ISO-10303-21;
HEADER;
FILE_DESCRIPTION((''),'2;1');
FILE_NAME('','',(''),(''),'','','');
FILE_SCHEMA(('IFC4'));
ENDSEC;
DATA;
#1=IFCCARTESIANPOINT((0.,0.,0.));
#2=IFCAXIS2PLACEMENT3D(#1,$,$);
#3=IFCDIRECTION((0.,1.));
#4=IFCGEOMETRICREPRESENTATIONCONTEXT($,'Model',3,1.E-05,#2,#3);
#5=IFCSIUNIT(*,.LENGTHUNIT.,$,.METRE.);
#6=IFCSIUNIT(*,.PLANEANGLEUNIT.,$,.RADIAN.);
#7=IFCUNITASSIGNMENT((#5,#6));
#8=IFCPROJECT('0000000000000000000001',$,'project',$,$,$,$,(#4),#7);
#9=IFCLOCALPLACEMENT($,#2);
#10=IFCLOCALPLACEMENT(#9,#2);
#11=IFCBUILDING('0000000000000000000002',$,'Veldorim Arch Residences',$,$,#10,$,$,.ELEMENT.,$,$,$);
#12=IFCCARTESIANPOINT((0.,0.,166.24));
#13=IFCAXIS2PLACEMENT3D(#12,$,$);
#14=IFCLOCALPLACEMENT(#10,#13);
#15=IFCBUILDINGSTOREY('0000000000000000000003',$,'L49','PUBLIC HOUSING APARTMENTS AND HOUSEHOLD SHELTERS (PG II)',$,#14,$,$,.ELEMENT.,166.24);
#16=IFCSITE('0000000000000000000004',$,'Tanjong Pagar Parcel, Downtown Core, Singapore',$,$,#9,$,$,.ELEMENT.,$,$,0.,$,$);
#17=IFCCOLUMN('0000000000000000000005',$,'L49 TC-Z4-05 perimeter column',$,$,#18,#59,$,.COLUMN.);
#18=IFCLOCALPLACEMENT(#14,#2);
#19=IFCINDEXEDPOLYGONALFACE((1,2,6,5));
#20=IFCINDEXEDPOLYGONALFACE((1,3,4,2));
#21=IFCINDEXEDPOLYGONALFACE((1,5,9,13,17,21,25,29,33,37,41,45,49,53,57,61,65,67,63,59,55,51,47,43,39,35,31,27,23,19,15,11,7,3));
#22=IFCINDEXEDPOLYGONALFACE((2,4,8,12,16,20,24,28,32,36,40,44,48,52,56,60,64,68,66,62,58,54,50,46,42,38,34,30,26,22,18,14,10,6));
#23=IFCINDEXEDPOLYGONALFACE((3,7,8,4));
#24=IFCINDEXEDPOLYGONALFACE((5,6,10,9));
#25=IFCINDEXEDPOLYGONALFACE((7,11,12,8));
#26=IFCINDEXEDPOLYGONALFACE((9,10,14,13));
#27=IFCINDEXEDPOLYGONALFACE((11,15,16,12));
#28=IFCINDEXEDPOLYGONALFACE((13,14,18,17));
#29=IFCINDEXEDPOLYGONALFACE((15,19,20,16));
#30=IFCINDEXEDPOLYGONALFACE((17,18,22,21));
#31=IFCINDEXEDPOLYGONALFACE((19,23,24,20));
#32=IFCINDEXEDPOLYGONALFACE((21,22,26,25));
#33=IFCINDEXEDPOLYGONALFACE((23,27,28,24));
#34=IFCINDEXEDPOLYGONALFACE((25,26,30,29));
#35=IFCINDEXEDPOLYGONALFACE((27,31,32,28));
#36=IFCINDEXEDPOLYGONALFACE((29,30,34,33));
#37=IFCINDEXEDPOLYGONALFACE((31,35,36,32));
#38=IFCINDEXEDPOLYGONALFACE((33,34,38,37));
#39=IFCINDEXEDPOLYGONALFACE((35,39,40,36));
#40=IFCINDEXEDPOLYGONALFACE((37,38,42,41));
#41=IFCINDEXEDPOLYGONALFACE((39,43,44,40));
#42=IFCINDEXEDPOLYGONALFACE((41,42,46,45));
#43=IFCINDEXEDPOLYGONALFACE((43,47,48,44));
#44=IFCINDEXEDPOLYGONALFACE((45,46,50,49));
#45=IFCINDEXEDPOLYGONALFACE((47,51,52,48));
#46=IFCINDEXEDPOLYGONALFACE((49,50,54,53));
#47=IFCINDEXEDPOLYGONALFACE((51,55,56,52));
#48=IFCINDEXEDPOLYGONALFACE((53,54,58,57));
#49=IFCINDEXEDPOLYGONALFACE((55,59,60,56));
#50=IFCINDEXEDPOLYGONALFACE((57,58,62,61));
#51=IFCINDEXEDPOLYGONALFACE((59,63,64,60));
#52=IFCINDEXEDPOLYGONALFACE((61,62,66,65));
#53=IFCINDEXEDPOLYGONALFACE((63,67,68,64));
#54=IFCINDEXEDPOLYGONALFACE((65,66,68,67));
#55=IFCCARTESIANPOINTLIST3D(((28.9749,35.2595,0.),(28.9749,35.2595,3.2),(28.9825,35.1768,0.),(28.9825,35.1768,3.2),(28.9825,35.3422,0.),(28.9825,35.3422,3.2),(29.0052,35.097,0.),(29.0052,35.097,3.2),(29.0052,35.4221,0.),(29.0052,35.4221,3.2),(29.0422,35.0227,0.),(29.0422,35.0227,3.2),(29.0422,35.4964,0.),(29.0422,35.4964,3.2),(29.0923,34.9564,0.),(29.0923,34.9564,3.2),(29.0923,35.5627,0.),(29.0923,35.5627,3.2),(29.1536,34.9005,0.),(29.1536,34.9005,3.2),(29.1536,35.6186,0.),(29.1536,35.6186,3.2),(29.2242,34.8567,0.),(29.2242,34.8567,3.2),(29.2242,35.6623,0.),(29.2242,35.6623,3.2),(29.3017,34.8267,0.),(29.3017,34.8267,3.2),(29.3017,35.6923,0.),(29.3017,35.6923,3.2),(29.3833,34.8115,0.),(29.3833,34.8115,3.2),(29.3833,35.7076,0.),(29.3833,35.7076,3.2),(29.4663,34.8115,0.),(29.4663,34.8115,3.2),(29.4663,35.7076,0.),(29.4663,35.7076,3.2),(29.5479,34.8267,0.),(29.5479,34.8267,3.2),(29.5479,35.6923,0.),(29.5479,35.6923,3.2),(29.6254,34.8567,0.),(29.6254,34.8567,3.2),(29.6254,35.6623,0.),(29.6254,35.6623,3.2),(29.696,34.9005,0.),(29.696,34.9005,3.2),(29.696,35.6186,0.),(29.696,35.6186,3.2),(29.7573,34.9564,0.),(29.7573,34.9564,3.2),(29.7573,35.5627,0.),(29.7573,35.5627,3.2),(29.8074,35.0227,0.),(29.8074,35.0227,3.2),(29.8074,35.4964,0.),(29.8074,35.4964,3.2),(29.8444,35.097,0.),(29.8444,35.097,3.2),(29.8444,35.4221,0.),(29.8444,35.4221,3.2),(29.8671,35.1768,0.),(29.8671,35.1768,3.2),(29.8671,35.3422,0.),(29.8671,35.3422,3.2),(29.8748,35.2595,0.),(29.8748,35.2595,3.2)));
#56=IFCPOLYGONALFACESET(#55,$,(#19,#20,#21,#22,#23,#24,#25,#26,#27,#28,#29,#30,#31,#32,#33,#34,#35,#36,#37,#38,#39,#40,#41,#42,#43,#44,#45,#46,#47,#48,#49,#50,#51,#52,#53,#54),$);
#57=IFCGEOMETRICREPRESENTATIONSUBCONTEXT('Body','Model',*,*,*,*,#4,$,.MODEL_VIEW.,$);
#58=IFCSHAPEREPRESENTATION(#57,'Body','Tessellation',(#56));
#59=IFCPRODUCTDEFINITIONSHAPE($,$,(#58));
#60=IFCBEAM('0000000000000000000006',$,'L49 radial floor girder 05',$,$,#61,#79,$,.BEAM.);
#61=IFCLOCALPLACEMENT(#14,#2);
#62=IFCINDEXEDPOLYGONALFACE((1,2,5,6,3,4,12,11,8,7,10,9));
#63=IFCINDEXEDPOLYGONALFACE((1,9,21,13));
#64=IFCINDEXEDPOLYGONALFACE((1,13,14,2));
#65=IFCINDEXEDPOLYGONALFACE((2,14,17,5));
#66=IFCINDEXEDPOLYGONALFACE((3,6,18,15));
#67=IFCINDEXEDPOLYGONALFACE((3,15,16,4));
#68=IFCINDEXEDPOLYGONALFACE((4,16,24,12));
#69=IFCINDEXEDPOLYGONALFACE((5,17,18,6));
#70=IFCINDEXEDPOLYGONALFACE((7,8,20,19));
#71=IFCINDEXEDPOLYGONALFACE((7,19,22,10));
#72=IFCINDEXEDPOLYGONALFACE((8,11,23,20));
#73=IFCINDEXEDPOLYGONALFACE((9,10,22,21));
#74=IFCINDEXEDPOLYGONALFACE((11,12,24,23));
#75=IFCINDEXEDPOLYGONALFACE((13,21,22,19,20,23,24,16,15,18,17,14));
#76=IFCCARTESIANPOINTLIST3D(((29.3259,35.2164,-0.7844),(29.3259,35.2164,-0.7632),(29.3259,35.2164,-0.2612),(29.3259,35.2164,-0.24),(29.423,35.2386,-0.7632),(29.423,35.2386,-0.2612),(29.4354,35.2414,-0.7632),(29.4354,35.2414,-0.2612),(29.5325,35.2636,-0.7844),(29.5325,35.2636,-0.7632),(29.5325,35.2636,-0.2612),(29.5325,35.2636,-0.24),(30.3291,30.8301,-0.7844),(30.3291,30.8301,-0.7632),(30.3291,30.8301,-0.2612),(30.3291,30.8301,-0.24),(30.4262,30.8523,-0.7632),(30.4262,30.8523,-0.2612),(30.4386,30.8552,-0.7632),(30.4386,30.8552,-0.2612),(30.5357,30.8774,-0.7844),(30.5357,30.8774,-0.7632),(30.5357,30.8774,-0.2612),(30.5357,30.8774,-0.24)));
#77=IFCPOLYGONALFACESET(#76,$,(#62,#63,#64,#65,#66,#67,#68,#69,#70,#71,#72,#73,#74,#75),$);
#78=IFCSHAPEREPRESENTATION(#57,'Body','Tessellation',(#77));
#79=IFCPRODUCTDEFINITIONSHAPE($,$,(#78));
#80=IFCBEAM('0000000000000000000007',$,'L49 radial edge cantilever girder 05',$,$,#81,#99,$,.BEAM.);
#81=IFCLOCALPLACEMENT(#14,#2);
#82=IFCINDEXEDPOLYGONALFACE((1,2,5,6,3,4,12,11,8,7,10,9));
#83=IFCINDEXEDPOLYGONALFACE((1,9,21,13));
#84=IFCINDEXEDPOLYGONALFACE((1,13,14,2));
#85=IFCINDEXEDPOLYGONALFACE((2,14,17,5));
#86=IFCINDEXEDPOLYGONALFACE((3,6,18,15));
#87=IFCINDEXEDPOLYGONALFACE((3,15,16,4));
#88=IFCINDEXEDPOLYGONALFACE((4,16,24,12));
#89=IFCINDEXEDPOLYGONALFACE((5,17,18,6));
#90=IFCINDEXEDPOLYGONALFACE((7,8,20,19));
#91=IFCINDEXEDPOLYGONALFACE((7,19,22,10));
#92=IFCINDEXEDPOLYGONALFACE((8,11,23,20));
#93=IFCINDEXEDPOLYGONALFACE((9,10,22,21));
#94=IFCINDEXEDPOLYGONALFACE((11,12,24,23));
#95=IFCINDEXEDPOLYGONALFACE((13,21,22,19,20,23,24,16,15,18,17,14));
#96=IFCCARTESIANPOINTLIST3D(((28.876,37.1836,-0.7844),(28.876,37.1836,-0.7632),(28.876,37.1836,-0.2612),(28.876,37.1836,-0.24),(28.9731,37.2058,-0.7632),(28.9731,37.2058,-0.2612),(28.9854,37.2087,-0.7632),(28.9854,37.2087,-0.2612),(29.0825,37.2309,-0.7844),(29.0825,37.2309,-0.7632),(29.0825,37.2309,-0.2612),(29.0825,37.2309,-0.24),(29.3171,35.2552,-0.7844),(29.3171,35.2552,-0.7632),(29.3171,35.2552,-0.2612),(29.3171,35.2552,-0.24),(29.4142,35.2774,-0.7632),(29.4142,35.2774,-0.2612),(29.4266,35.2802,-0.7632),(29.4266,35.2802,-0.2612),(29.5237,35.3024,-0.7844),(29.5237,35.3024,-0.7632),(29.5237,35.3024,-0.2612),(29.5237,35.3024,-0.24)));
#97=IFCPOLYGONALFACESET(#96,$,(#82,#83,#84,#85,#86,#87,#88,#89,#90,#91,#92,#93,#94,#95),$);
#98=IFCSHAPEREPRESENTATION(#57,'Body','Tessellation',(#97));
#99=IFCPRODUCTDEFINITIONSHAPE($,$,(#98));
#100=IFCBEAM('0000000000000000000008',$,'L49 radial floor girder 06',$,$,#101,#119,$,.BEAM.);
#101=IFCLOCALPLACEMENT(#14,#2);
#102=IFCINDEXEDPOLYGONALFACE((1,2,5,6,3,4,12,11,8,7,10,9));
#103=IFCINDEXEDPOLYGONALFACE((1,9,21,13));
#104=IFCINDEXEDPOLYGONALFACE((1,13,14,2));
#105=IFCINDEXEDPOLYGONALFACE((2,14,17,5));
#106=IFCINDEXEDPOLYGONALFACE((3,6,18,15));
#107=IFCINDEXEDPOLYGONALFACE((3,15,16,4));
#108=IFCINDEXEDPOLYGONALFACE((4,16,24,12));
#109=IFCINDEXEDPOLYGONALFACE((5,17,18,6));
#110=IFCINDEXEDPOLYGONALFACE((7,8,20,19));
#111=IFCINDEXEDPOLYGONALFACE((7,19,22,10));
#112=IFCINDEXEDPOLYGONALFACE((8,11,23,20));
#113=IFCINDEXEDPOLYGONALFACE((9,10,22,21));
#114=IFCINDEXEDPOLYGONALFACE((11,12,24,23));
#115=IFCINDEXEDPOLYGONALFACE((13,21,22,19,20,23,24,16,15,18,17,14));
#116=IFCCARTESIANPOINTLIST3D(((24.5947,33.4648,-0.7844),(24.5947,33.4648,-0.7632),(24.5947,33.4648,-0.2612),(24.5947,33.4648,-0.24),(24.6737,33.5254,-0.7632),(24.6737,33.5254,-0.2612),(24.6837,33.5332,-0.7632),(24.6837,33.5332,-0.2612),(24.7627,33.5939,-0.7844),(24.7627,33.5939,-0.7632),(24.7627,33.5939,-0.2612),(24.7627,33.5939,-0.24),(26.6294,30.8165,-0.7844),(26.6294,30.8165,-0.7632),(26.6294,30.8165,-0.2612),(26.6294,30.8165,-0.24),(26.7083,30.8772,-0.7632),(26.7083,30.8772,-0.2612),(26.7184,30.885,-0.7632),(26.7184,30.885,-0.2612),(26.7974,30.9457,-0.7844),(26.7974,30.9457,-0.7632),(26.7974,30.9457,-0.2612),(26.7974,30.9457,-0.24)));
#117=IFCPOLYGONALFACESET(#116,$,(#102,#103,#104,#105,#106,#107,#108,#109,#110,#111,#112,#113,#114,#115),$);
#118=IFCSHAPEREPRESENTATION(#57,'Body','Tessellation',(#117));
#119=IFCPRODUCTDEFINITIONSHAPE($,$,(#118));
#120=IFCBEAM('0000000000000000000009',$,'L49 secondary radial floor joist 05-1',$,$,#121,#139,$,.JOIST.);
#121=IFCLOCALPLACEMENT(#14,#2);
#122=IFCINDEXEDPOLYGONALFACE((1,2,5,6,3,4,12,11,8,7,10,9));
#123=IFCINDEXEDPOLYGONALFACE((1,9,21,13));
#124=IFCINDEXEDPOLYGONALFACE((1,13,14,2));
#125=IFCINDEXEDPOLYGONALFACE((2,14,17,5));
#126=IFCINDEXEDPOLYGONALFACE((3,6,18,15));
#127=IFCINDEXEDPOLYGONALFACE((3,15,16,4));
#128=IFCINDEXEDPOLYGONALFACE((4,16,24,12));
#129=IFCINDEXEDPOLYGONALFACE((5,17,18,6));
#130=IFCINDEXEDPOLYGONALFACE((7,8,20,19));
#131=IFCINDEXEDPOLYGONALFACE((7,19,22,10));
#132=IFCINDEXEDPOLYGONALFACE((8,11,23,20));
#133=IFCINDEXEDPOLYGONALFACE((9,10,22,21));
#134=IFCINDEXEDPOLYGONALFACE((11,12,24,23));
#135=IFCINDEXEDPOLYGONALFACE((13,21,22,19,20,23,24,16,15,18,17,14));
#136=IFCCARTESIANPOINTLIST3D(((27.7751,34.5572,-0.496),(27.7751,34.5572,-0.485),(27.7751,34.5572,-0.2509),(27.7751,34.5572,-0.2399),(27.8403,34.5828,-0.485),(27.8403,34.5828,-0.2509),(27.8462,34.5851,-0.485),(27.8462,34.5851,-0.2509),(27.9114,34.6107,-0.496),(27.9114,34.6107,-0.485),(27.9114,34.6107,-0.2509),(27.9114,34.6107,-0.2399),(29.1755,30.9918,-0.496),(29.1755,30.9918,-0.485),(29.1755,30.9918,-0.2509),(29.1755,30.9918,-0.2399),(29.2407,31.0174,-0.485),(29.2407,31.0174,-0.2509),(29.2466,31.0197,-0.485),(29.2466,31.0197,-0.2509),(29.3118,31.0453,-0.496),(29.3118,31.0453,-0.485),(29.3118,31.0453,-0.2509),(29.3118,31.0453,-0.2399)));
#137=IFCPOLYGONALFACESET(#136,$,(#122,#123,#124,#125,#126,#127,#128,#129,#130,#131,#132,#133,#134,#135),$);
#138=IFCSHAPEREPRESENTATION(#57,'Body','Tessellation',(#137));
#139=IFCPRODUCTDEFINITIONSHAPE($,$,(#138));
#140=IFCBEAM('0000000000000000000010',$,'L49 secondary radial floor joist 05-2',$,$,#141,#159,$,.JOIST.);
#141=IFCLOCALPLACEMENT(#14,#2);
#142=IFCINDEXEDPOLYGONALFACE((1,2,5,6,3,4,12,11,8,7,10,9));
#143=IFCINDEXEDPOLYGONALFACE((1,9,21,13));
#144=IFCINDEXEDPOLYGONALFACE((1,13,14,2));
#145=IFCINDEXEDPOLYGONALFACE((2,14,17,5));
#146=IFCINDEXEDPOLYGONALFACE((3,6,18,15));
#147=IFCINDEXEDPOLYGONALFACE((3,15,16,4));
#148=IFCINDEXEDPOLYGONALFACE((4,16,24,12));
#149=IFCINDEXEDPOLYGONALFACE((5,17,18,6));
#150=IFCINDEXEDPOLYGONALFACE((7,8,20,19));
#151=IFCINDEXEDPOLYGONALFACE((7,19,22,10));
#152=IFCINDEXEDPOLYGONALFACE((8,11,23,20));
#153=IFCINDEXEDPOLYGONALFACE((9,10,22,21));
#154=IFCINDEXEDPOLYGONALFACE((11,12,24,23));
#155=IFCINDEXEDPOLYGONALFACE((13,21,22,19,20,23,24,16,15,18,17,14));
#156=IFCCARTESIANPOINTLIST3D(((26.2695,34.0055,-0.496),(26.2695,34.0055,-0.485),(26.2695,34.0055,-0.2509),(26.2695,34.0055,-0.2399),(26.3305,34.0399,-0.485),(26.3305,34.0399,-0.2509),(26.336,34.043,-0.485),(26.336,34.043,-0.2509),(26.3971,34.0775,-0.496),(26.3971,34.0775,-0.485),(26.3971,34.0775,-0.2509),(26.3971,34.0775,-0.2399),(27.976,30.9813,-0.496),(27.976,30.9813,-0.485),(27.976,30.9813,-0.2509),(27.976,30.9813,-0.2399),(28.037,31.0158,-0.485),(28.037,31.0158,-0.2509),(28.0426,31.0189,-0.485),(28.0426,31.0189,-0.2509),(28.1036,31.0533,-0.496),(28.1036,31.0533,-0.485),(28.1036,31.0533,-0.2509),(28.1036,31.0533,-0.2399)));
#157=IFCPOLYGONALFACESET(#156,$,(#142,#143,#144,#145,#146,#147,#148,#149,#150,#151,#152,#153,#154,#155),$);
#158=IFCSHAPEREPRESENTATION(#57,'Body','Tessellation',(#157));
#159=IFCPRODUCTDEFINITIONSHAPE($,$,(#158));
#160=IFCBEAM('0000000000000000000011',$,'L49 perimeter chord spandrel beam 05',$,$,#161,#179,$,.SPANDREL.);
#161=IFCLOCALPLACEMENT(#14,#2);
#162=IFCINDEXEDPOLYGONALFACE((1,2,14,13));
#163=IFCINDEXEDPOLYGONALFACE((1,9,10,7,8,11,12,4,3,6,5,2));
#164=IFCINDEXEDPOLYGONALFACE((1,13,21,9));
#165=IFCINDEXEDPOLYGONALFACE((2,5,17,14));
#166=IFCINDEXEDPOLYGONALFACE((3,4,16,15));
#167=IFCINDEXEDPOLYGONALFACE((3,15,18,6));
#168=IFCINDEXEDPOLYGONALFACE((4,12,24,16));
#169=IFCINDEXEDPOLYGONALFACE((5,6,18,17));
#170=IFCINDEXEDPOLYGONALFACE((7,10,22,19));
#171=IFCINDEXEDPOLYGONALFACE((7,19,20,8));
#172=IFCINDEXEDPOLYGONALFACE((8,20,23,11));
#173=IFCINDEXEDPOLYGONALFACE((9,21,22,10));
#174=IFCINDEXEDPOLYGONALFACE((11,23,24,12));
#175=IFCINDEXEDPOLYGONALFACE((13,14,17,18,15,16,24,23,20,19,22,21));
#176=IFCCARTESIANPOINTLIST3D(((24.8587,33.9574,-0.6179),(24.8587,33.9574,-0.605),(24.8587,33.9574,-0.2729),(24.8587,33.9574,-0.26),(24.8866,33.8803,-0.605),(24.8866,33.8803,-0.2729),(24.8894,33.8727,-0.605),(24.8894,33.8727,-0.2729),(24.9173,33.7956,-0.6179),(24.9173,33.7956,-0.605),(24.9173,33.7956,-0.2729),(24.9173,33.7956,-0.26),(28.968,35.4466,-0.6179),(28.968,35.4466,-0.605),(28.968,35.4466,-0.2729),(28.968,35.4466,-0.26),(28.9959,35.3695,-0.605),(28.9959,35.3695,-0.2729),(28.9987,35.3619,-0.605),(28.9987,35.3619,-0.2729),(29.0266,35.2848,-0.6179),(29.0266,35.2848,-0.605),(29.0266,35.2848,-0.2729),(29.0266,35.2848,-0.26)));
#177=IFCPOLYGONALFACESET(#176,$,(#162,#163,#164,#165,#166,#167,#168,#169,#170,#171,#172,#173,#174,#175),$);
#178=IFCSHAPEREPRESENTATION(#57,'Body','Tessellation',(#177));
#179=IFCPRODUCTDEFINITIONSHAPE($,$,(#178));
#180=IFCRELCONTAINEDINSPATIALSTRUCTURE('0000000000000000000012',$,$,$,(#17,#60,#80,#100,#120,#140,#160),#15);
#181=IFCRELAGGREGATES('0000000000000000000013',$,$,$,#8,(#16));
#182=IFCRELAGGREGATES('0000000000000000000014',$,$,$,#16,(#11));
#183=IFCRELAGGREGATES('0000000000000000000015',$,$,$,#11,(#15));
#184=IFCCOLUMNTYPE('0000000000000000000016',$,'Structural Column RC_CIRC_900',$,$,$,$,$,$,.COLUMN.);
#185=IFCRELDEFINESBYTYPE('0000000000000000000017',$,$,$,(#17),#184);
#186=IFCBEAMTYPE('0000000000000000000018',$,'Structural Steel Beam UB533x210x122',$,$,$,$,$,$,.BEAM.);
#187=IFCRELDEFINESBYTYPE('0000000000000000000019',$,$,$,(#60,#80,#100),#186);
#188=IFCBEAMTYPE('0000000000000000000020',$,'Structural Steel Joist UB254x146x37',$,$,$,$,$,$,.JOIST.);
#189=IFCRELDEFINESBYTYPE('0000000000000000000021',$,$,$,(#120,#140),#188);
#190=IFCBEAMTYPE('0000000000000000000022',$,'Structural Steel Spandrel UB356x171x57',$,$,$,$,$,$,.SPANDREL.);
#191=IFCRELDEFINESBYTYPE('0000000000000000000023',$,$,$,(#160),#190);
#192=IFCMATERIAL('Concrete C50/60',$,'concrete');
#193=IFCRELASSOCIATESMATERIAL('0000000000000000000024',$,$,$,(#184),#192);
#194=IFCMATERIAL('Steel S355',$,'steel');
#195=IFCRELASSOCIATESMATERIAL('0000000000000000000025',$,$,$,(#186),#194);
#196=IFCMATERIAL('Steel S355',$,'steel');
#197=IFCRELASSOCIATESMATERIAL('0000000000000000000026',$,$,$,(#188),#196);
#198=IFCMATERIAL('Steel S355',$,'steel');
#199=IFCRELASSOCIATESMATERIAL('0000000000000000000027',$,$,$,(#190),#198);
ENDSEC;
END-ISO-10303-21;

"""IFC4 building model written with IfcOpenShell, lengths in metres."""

from ifc_helpers import new_model, si_unit, direction, frame, origin, origin_2d, place, context, subcontext, project, spatial, circle, i_section, extrude, material, material_profile, profile_set, type_object, element, save


model = new_model("IFC4")

# Units and contexts
model_context = context("Model", 3, precision=1e-05, world=origin(), true_north=direction((0.0, 1.0)))
body_context = subcontext(model_context, "Body", "Model", "MODEL_VIEW")
ifc_project = project(units=[si_unit("LENGTHUNIT", "METRE"), si_unit("PLANEANGLEUNIT", "RADIAN")], contexts=[model_context])

# Site, building, storey
site_placement = place(None, origin())
site = spatial("IfcSite", under=ifc_project, at=site_placement, Name="Tanjong Pagar Parcel, Downtown Core, Singapore", CompositionType="ELEMENT", RefElevation=0.0)
building_placement = place(site_placement, origin())
building = spatial("IfcBuilding", under=site, at=building_placement, Name="Veldorim Arch Residences", CompositionType="ELEMENT")
storey_placement = place(building_placement, frame((0.0, 0.0, 166.24)))
storey = spatial("IfcBuildingStorey", under=building, at=storey_placement, Name="L49", Description="PUBLIC HOUSING APARTMENTS AND HOUSEHOLD SHELTERS (PG II)", CompositionType="ELEMENT", Elevation=166.24)

# Column
ifc_material_1 = material(Name="Concrete C50/60", Category="concrete")
ifc_material_profile_1 = material_profile(ifc_material_1, circle(Radius=0.45, at=origin_2d()), Name="RC_CIRC_900")
ifc_profile_set_1 = profile_set([ifc_material_profile_1], Name="Concrete C50/60")
column_type = type_object("IfcColumnType", Name="Structural Column RC_CIRC_900", PredefinedType="COLUMN", material=ifc_profile_set_1)
column_placement = place(storey_placement, frame((29.4248, 35.2595, 0.0), z_axis=(0.0, 0.0, 1.0), x_axis=(1.0, 0.0, 0.0)))
element("IfcColumn", 1, at=column_placement, inside=storey, type_object=column_type, Name="L49 TC-Z4-05 perimeter column", PredefinedType="COLUMN", context=body_context, shape_type="SweptSolid", body=[
    extrude(circle(Radius=0.45, at=origin_2d()), origin(), (0.0, 0.0, 1.0), 3.2),
])

# Beams
ifc_material_2 = material(Name="Steel S355", Category="steel")
ifc_material_profile_2 = material_profile(ifc_material_2, i_section(OverallWidth=0.2119, OverallDepth=0.5444, WebThickness=0.0127, FlangeThickness=0.0212, at=origin_2d()), Name="UB533x210x122")
ifc_profile_set_2 = profile_set([ifc_material_profile_2], Name="Steel S355")
beam_type_1 = type_object("IfcBeamType", Name="Structural Steel Beam UB533x210x122", PredefinedType="BEAM", material=ifc_profile_set_2)
beam_1_placement = place(storey_placement, frame((30.4324, 30.8538, -0.5122), z_axis=(-0.222953, 0.974829, 0.0), x_axis=(-0.974829, -0.222953, 0.0)))
element("IfcBeam", 2, at=beam_1_placement, inside=storey, type_object=beam_type_1, Name="L49 radial floor girder 05", PredefinedType="BEAM", context=body_context, shape_type="SweptSolid", body=[
    extrude(i_section(OverallWidth=0.2119, OverallDepth=0.5444, WebThickness=0.0127, FlangeThickness=0.0212, at=origin_2d()), origin(), (0.0, 0.0, 1.0), 4.4995),
])
beam_2_placement = place(storey_placement, frame((29.4204, 35.2788, -0.5122), z_axis=(-0.223002, 0.974818, 0.0), x_axis=(-0.974818, -0.223002, 0.0)))
element("IfcBeam", 3, at=beam_2_placement, inside=storey, type_object=beam_type_1, Name="L49 radial edge cantilever girder 05", PredefinedType="BEAM", context=body_context, shape_type="SweptSolid", body=[
    extrude(i_section(OverallWidth=0.2119, OverallDepth=0.5444, WebThickness=0.0127, FlangeThickness=0.0212, at=origin_2d()), origin(), (0.0, 0.0, 1.0), 1.9783),
])
beam_3_placement = place(storey_placement, frame((26.7134, 30.8811, -0.5122), z_axis=(-0.609258, 0.792972, 0.0), x_axis=(-0.792972, -0.609258, 0.0)))
element("IfcBeam", 4, at=beam_3_placement, inside=storey, type_object=beam_type_1, Name="L49 radial floor girder 06", PredefinedType="BEAM", context=body_context, shape_type="SweptSolid", body=[
    extrude(i_section(OverallWidth=0.2119, OverallDepth=0.5444, WebThickness=0.0127, FlangeThickness=0.0212, at=origin_2d()), origin(), (0.0, 0.0, 1.0), 3.3396),
])
ifc_material_3 = material(Name="Steel S355", Category="steel")
ifc_material_profile_3 = material_profile(ifc_material_3, i_section(OverallWidth=0.1465, OverallDepth=0.2561, WebThickness=0.0063, FlangeThickness=0.011, at=origin_2d()), Name="UB254x146x37")
ifc_profile_set_3 = profile_set([ifc_material_profile_3], Name="Steel S355")
beam_type_2 = type_object("IfcBeamType", Name="Structural Steel Joist UB254x146x37", PredefinedType="JOIST", material=ifc_profile_set_3)
beam_4_placement = place(storey_placement, frame((29.2437, 31.0186, -0.3679), z_axis=(-0.365581, 0.930779, 0.0), x_axis=(-0.930779, -0.365581, 0.0)))
element("IfcBeam", 5, at=beam_4_placement, inside=storey, type_object=beam_type_2, Name="L49 secondary radial floor joist 05-1", PredefinedType="JOIST", context=body_context, shape_type="SweptSolid", body=[
    extrude(i_section(OverallWidth=0.1465, OverallDepth=0.2561, WebThickness=0.0063, FlangeThickness=0.011, at=origin_2d()), origin(), (0.0, 0.0, 1.0), 3.8306),
])
beam_5_placement = place(storey_placement, frame((28.0398, 31.0173, -0.3679), z_axis=(-0.491452, 0.870904, 0.0), x_axis=(-0.870904, -0.491452, 0.0)))
element("IfcBeam", 6, at=beam_5_placement, inside=storey, type_object=beam_type_2, Name="L49 secondary radial floor joist 05-2", PredefinedType="JOIST", context=body_context, shape_type="SweptSolid", body=[
    extrude(i_section(OverallWidth=0.1465, OverallDepth=0.2561, WebThickness=0.0063, FlangeThickness=0.011, at=origin_2d()), origin(), (0.0, 0.0, 1.0), 3.4724),
])
ifc_material_4 = material(Name="Steel S355", Category="steel")
ifc_material_profile_4 = material_profile(ifc_material_4, i_section(OverallWidth=0.1721, OverallDepth=0.3579, WebThickness=0.0081, FlangeThickness=0.0129, at=origin_2d()), Name="UB356x171x57")
ifc_profile_set_4 = profile_set([ifc_material_profile_4], Name="Steel S355")
beam_type_3 = type_object("IfcBeamType", Name="Structural Steel Spandrel UB356x171x57", PredefinedType="SPANDREL", material=ifc_profile_set_4)
beam_6_placement = place(storey_placement, frame((28.9973, 35.3657, -0.439), z_axis=(-0.940165, -0.34072, 0.0), x_axis=(0.34072, -0.940165, 0.0)))
element("IfcBeam", 7, at=beam_6_placement, inside=storey, type_object=beam_type_3, Name="L49 perimeter chord spandrel beam 05", PredefinedType="SPANDREL", context=body_context, shape_type="SweptSolid", body=[
    extrude(i_section(OverallWidth=0.1721, OverallDepth=0.3579, WebThickness=0.0081, FlangeThickness=0.0129, at=origin_2d()), origin(), (0.0, 0.0, 1.0), 4.3708),
])

save(model, "model.ifc")
